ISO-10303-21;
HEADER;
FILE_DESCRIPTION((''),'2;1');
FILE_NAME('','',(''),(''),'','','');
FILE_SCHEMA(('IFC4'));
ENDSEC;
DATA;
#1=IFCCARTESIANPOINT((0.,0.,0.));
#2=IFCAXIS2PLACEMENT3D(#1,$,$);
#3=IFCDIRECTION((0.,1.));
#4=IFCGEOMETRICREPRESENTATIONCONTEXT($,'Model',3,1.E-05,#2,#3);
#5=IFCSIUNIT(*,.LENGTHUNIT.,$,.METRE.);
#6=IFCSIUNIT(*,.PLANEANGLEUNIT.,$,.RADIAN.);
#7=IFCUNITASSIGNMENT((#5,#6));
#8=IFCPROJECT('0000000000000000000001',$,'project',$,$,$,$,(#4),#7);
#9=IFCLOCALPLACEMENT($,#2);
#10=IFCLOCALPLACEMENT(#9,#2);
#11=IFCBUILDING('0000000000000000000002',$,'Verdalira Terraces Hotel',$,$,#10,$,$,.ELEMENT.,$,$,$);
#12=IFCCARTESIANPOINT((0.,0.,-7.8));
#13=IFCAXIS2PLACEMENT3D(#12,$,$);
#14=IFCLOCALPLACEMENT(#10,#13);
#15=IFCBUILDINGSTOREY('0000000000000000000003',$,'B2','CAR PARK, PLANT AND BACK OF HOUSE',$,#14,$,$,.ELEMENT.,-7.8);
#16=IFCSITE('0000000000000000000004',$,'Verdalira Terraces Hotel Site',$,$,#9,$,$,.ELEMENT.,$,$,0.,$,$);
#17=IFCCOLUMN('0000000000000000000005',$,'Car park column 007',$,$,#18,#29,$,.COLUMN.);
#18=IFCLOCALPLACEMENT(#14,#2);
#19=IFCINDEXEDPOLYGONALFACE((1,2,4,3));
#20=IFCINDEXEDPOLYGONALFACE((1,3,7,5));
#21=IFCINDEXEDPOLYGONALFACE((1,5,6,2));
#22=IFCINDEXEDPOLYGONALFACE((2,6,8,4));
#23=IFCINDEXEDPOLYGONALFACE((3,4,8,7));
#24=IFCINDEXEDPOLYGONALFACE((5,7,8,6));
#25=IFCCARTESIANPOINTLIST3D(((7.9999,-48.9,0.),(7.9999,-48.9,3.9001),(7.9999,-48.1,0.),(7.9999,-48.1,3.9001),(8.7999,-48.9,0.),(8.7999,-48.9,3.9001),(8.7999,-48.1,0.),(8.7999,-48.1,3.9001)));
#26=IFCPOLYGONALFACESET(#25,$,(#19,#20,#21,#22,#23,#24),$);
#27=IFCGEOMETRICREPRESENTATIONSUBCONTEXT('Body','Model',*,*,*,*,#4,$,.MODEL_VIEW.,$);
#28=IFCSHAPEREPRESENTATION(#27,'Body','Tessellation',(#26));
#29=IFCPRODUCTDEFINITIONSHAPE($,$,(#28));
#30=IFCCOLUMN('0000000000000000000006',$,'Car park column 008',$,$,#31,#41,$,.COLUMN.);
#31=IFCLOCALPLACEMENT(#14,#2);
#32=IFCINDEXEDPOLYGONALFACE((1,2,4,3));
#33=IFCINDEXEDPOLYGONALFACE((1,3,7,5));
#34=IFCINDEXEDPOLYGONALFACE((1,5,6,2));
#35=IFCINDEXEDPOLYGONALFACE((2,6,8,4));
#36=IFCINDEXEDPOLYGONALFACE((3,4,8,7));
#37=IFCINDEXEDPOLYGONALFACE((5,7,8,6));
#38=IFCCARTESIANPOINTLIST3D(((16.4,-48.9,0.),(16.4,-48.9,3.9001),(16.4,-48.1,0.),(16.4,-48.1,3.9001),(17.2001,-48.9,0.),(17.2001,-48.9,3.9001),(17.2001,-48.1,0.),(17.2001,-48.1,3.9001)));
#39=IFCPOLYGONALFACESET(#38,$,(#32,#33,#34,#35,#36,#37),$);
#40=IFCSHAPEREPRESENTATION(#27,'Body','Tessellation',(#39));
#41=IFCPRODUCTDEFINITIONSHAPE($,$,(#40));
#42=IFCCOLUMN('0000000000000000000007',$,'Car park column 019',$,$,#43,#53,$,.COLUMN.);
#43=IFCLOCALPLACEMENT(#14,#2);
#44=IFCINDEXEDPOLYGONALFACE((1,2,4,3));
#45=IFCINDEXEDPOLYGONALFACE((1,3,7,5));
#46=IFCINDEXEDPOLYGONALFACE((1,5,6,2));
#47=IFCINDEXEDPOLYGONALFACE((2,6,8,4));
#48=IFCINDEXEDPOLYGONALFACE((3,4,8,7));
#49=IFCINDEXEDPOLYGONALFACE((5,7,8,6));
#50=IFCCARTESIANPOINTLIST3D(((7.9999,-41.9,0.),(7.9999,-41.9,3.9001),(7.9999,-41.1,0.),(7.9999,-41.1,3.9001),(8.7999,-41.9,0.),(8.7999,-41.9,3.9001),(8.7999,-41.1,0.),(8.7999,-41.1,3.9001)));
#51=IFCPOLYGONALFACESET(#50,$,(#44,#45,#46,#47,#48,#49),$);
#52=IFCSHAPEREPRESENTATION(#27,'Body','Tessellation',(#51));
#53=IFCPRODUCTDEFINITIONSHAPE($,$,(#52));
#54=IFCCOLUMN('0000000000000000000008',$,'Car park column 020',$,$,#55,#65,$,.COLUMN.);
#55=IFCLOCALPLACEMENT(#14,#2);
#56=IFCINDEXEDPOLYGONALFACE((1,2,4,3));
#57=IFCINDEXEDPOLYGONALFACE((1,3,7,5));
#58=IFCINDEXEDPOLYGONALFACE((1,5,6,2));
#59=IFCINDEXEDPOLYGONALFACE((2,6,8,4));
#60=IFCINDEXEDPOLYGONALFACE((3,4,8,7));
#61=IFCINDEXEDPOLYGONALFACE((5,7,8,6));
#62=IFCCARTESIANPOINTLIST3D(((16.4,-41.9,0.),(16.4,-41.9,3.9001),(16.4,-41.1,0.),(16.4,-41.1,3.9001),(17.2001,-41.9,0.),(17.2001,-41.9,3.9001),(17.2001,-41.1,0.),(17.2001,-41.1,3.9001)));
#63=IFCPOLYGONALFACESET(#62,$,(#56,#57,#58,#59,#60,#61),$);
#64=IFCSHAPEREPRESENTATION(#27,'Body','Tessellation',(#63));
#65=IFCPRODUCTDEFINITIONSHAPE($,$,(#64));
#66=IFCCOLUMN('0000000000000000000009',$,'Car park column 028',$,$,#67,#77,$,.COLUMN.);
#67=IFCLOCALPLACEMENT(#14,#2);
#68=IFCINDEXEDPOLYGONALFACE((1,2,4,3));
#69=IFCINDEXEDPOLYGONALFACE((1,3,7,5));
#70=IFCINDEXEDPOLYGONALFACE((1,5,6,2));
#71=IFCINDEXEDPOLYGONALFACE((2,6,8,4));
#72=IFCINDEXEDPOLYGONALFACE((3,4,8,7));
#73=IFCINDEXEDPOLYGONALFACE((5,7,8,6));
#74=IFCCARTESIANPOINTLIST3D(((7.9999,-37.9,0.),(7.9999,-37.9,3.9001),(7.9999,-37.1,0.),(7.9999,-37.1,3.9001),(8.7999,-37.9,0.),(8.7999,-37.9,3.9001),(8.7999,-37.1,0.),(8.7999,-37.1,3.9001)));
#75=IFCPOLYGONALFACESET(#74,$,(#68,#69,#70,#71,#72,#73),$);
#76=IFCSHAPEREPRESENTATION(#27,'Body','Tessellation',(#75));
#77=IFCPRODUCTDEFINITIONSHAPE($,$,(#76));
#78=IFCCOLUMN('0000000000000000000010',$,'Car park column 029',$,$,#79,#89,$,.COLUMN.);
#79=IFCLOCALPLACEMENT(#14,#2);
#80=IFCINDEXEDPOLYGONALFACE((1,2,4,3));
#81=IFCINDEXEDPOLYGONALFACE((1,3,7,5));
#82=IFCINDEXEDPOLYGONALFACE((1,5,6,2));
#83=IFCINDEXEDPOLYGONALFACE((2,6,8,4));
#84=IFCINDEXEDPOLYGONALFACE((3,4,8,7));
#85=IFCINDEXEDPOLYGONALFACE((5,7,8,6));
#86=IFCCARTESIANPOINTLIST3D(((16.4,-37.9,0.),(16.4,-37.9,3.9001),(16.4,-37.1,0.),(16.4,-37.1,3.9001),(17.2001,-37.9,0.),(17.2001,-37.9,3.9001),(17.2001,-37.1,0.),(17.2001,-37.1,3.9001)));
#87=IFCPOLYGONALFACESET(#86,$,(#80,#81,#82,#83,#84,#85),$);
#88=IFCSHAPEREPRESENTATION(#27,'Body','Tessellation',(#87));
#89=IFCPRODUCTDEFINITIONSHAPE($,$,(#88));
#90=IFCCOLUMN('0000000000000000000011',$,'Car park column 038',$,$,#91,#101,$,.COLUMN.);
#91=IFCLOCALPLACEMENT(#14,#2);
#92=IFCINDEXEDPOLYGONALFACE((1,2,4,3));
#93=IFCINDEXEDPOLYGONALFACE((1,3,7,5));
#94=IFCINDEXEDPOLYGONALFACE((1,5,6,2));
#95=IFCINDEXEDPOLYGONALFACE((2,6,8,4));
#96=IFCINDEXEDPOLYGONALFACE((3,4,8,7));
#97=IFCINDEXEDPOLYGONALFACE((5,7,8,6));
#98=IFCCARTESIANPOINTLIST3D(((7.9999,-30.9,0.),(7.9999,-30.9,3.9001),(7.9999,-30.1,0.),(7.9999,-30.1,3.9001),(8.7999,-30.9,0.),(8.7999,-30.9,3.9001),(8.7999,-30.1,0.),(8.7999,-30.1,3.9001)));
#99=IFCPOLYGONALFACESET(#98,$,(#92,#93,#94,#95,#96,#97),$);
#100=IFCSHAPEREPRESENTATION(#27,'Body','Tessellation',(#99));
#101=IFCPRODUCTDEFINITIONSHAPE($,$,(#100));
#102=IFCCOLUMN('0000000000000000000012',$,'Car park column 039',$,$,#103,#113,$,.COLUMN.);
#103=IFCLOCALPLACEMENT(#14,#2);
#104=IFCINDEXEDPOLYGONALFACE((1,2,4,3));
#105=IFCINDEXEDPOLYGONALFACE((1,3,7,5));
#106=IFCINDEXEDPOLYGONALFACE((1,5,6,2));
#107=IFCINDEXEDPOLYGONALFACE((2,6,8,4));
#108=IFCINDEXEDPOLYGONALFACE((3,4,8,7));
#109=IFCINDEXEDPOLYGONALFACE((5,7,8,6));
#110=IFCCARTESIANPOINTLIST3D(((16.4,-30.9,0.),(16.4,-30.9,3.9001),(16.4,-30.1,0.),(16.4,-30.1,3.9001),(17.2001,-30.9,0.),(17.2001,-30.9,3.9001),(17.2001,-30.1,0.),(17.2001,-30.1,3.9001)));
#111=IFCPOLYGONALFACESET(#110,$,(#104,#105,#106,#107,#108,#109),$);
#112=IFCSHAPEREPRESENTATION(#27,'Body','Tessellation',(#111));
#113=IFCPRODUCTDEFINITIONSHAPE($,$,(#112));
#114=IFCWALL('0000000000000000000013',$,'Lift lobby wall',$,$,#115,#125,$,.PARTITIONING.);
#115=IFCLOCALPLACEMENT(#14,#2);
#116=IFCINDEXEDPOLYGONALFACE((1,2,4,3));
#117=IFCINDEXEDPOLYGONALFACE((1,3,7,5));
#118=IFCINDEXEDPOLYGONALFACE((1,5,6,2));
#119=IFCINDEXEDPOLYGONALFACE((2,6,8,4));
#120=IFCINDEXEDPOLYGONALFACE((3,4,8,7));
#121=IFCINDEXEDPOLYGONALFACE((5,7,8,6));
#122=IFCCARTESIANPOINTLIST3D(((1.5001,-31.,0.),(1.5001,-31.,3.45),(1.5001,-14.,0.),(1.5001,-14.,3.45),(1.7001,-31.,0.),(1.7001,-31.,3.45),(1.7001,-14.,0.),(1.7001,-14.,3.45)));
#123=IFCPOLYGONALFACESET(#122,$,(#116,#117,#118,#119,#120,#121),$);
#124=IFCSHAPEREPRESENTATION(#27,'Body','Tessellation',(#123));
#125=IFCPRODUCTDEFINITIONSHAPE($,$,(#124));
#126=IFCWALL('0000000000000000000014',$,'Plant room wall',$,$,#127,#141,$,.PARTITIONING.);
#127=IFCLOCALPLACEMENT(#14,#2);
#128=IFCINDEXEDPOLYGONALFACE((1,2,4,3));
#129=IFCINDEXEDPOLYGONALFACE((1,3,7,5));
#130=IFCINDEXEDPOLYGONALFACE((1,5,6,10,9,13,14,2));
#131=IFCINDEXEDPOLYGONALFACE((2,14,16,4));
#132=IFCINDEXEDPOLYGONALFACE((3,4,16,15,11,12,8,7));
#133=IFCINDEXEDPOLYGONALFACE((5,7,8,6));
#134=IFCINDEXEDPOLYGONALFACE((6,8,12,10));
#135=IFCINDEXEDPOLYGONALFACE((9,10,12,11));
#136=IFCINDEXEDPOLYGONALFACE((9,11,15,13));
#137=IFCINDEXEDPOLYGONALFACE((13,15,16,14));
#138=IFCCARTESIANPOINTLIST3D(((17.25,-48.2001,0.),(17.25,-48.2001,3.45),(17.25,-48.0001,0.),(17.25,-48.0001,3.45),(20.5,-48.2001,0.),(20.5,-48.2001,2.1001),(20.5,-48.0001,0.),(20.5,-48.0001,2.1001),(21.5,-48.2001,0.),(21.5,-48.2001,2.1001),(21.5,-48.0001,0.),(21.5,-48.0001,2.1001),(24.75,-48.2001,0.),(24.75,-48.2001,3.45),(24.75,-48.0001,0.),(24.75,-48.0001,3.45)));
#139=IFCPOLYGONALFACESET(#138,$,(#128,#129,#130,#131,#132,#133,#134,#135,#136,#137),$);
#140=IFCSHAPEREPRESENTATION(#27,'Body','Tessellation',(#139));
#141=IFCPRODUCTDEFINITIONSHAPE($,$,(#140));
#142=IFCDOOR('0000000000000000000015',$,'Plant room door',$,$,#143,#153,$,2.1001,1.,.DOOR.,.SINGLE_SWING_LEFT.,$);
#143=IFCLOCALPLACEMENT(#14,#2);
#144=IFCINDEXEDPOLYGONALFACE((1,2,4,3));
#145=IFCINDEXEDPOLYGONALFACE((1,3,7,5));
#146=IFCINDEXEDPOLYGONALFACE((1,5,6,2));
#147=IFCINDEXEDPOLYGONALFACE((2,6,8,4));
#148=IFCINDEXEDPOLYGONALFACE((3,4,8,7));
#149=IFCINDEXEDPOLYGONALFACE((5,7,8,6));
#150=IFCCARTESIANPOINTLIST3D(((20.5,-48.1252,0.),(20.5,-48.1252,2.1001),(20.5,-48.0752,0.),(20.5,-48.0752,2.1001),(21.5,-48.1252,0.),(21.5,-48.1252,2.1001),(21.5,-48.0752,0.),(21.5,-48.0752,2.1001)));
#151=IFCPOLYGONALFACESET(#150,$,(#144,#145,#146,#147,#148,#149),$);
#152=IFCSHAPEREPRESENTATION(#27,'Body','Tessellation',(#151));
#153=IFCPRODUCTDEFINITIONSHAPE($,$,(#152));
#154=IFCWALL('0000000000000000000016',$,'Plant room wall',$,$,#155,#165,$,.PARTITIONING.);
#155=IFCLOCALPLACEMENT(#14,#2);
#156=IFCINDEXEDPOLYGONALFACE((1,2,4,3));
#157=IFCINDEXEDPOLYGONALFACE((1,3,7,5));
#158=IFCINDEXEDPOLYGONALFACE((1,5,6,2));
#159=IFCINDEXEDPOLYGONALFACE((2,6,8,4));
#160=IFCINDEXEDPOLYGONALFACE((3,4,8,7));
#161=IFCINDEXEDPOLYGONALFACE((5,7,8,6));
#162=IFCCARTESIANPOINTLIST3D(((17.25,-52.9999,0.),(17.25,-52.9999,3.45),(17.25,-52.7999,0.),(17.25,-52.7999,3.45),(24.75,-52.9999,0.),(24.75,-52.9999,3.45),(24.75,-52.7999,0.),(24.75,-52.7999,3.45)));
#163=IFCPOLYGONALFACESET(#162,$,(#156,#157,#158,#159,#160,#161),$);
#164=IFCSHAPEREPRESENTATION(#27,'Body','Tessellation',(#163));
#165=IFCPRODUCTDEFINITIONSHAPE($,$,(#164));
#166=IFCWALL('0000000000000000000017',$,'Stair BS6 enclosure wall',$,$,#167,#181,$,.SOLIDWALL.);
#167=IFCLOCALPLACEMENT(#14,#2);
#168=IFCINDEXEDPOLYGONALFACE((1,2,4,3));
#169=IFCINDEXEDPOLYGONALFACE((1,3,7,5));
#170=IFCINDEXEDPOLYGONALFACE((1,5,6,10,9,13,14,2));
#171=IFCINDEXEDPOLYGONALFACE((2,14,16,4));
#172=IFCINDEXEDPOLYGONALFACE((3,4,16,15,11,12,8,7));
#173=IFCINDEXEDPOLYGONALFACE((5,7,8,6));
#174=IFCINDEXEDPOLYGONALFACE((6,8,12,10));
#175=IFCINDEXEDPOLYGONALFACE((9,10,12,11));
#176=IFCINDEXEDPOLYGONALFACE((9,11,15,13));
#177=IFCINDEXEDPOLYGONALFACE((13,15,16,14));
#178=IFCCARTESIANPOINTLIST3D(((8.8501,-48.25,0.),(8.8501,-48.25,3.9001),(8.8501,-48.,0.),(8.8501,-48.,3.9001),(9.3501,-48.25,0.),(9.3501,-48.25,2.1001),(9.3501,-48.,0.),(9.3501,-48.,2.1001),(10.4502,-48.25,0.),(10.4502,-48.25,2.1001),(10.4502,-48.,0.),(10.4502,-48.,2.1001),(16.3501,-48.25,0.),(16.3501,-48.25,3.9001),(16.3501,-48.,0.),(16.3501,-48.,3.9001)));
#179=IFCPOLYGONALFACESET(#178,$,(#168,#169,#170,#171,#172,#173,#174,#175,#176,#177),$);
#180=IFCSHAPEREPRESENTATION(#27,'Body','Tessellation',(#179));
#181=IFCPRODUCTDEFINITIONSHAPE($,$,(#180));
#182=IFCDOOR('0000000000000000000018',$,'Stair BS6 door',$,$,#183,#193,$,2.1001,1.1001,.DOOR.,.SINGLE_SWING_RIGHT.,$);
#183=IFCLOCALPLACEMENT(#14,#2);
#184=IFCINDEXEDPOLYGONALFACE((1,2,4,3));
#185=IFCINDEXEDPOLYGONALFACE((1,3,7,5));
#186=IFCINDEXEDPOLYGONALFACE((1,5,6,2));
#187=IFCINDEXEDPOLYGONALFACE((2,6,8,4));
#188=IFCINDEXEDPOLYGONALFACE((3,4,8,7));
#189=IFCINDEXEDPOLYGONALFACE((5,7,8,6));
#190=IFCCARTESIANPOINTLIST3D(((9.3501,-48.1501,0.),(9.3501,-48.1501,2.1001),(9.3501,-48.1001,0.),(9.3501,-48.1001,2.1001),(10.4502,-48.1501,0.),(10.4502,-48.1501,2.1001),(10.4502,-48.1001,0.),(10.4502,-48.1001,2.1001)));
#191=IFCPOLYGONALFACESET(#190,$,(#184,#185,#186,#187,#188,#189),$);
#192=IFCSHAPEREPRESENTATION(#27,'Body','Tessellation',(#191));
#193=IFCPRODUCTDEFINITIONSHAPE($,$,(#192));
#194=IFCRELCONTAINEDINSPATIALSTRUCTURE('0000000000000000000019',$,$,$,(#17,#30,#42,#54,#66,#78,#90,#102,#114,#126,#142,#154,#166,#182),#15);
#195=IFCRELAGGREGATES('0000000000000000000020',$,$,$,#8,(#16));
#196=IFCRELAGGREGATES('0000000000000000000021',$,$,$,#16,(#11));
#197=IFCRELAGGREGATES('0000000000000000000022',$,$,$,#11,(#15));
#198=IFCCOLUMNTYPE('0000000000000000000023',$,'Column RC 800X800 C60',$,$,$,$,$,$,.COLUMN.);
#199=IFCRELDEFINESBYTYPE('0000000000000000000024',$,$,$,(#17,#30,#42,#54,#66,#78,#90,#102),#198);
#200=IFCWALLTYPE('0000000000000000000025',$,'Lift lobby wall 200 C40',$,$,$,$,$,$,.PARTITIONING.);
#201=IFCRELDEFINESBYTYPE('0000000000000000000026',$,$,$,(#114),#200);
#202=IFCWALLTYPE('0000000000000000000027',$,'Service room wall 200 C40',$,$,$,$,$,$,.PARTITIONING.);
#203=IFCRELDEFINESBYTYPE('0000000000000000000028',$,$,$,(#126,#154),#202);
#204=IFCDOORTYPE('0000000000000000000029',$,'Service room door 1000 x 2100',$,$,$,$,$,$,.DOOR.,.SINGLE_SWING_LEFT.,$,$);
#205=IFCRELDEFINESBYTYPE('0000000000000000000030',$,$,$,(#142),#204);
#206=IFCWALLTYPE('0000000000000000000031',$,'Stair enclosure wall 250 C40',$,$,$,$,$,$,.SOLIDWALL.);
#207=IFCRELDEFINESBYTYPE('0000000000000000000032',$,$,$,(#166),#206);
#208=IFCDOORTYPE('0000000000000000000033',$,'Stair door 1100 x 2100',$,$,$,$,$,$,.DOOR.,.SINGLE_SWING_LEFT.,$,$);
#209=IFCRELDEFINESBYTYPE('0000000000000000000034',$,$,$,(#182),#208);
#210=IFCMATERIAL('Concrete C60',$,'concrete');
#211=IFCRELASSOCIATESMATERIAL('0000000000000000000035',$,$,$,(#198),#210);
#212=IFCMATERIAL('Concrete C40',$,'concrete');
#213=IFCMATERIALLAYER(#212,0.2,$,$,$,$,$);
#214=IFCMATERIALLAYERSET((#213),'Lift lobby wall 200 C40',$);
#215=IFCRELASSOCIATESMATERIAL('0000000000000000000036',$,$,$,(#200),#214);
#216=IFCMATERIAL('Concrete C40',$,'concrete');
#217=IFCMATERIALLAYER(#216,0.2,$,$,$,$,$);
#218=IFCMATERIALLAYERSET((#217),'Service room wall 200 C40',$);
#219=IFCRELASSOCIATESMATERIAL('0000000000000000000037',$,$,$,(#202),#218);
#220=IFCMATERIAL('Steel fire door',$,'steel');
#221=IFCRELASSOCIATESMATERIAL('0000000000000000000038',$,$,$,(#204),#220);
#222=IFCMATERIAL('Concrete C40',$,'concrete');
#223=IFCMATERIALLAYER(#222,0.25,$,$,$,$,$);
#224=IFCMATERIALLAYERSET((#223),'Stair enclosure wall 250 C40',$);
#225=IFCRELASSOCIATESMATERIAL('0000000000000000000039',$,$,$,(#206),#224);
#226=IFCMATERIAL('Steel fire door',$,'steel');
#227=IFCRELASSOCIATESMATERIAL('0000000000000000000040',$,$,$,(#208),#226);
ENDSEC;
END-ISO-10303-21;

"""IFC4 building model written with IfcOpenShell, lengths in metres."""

from ifc_helpers import new_model, si_unit, direction, frame, frame_2d, origin, origin_2d, place, context, subcontext, project, spatial, rectangle, extrude, material, layer, layer_set, material_profile, profile_set, type_object, element, fill, save


model = new_model("IFC4")

# Units and contexts
model_context = context("Model", 3, precision=1e-05, world=origin(), true_north=direction((0.0, 1.0)))
body_context = subcontext(model_context, "Body", "Model", "MODEL_VIEW")
ifc_project = project(units=[si_unit("LENGTHUNIT", "METRE"), si_unit("PLANEANGLEUNIT", "RADIAN")], contexts=[model_context])

# Site, building, storey
site_placement = place(None, origin())
site = spatial("IfcSite", under=ifc_project, at=site_placement, Name="Verdalira Terraces Hotel Site", CompositionType="ELEMENT", RefElevation=0.0)
building_placement = place(site_placement, origin())
building = spatial("IfcBuilding", under=site, at=building_placement, Name="Verdalira Terraces Hotel", CompositionType="ELEMENT")
storey_placement = place(building_placement, frame((0.0, 0.0, -7.8)))
storey = spatial("IfcBuildingStorey", under=building, at=storey_placement, Name="B2", Description="CAR PARK, PLANT AND BACK OF HOUSE", CompositionType="ELEMENT", Elevation=-7.8)

# Columns
ifc_material_1 = material(Name="Concrete C60", Category="concrete")
ifc_material_profile = material_profile(ifc_material_1, rectangle(XDim=0.8, YDim=0.8, at=origin_2d()), Name="RC 800X800")
ifc_profile_set = profile_set([ifc_material_profile], Name="Concrete C60")
column_type = type_object("IfcColumnType", Name="Column RC 800X800 C60", PredefinedType="COLUMN", material=ifc_profile_set)
for number, where, z_axis, x_axis, name in (
    (1, (8.3999, -48.5, 0.0), (0.0, 0.0, 1.0), (1.0, 0.0, 0.0), "Car park column 007"),
    (2, (16.8, -48.5, 0.0), (0.0, 0.0, 1.0), (1.0, 0.0, 0.0), "Car park column 008"),
    (3, (8.3999, -41.5, 0.0), (0.0, 0.0, 1.0), (1.0, 0.0, 0.0), "Car park column 019"),
    (4, (16.8, -41.5, 0.0), (0.0, 0.0, 1.0), (1.0, 0.0, 0.0), "Car park column 020"),
    (5, (8.3999, -37.5, 0.0), (0.0, 0.0, 1.0), (1.0, 0.0, 0.0), "Car park column 028"),
    (6, (16.8, -37.5, 0.0), (0.0, 0.0, 1.0), (1.0, 0.0, 0.0), "Car park column 029"),
    (7, (8.3999, -30.5, 0.0), (0.0, 0.0, 1.0), (1.0, 0.0, 0.0), "Car park column 038"),
    (8, (16.8, -30.5, 0.0), (0.0, 0.0, 1.0), (1.0, 0.0, 0.0), "Car park column 039"),
):
    element("IfcColumn", number, at=place(storey_placement, frame(where, z_axis=z_axis, x_axis=x_axis)), inside=storey, type_object=column_type, Name=name, PredefinedType="COLUMN", context=body_context, shape_type="SweptSolid", body=[
        extrude(rectangle(XDim=0.8, YDim=0.8, at=origin_2d()), origin(), (0.0, 0.0, 1.0), 3.9001),
    ])

# Wall
ifc_material_2 = material(Name="Concrete C40", Category="concrete")
ifc_layer_1 = layer(ifc_material_2, 0.2)
ifc_layer_set_1 = layer_set([ifc_layer_1], Name="Lift lobby wall 200 C40")
wall_type_1 = type_object("IfcWallType", Name="Lift lobby wall 200 C40", PredefinedType="PARTITIONING", material=ifc_layer_set_1)
wall_1_placement = place(storey_placement, frame((1.6001, -31.0, 0.0), z_axis=(0.0, 0.0, 1.0), x_axis=(0.0, 1.0, 0.0)))
element("IfcWall", 9, at=wall_1_placement, inside=storey, type_object=wall_type_1, Name="Lift lobby wall", PredefinedType="PARTITIONING", context=body_context, shape_type="SweptSolid", body=[
    extrude(rectangle(XDim=17.0, YDim=0.2, at=frame_2d((8.5, 0.0))), origin(), (0.0, 0.0, 1.0), 3.45),
])

# Wall, opening, door
ifc_material_3 = material(Name="Concrete C40", Category="concrete")
ifc_layer_2 = layer(ifc_material_3, 0.2)
ifc_layer_set_2 = layer_set([ifc_layer_2], Name="Service room wall 200 C40")
wall_type_2 = type_object("IfcWallType", Name="Service room wall 200 C40", PredefinedType="PARTITIONING", material=ifc_layer_set_2)
wall_2_placement = place(storey_placement, frame((17.25, -48.1001, 0.0), z_axis=(0.0, 0.0, 1.0), x_axis=(1.0, 0.0, 0.0)))
wall_2 = element("IfcWall", 10, at=wall_2_placement, inside=storey, type_object=wall_type_2, Name="Plant room wall", PredefinedType="PARTITIONING", context=body_context, shape_type="SweptSolid", body=[
    extrude(rectangle(XDim=7.5, YDim=0.2, at=frame_2d((3.75, 0.0))), origin(), (0.0, 0.0, 1.0), 3.45),
])
opening_1_placement = place(wall_2_placement, frame((3.25, 0.0, 0.0)))
opening_1 = element("IfcOpeningElement", 11, at=opening_1_placement, cuts=wall_2, PredefinedType="OPENING", context=body_context, shape_type="SweptSolid", body=[
    extrude(rectangle(XDim=1.0, YDim=2.1001, at=frame_2d((0.5, 1.05))), frame((0.0, 0.1099, 0.0), z_axis=(0.0, -1.0, 0.0), x_axis=(1.0, 0.0, 0.0)), (0.0, 0.0, 1.0), 0.22),
])
ifc_material_4 = material(Name="Steel fire door", Category="steel")
door_type_1 = type_object("IfcDoorType", Name="Service room door 1000 x 2100", OperationType="SINGLE_SWING_LEFT", PredefinedType="DOOR", material=ifc_material_4)
door_1_placement = place(opening_1_placement, origin())
door_1 = element("IfcDoor", 12, at=door_1_placement, inside=storey, type_object=door_type_1, Name="Plant room door", OperationType="SINGLE_SWING_LEFT", OverallHeight=2.1001, OverallWidth=1.0, PredefinedType="DOOR", context=body_context, shape_type="SweptSolid", body=[
    extrude(rectangle(XDim=1.0, YDim=2.1001, at=frame_2d((0.5, 1.05))), frame((0.0, 0.0249, 0.0), z_axis=(0.0, -1.0, 0.0), x_axis=(1.0, 0.0, 0.0)), (0.0, 0.0, 1.0), 0.05),
])
fill(opening_1, door_1)

# Wall
wall_3_placement = place(storey_placement, frame((17.25, -52.8999, 0.0), z_axis=(0.0, 0.0, 1.0), x_axis=(1.0, 0.0, 0.0)))
element("IfcWall", 13, at=wall_3_placement, inside=storey, type_object=wall_type_2, Name="Plant room wall", PredefinedType="PARTITIONING", context=body_context, shape_type="SweptSolid", body=[
    extrude(rectangle(XDim=7.5, YDim=0.2, at=frame_2d((3.75, 0.0))), origin(), (0.0, 0.0, 1.0), 3.45),
])

# Wall, opening, door
ifc_material_5 = material(Name="Concrete C40", Category="concrete")
ifc_layer_3 = layer(ifc_material_5, 0.25)
ifc_layer_set_3 = layer_set([ifc_layer_3], Name="Stair enclosure wall 250 C40")
wall_type_3 = type_object("IfcWallType", Name="Stair enclosure wall 250 C40", PredefinedType="SOLIDWALL", material=ifc_layer_set_3)
wall_4_placement = place(storey_placement, frame((8.8501, -48.125, 0.0), z_axis=(0.0, 0.0, 1.0), x_axis=(1.0, 0.0, 0.0)))
wall_4 = element("IfcWall", 14, at=wall_4_placement, inside=storey, type_object=wall_type_3, Name="Stair BS6 enclosure wall", PredefinedType="SOLIDWALL", context=body_context, shape_type="SweptSolid", body=[
    extrude(rectangle(XDim=7.5, YDim=0.25, at=frame_2d((3.75, 0.0))), origin(), (0.0, 0.0, 1.0), 3.9001),
])
opening_2_placement = place(wall_4_placement, frame((0.5, 0.0, 0.0)))
opening_2 = element("IfcOpeningElement", 15, at=opening_2_placement, cuts=wall_4, PredefinedType="OPENING", context=body_context, shape_type="SweptSolid", body=[
    extrude(rectangle(XDim=1.1001, YDim=2.1001, at=frame_2d((0.55, 1.05))), frame((0.0, 0.135, 0.0), z_axis=(0.0, -1.0, 0.0), x_axis=(1.0, 0.0, 0.0)), (0.0, 0.0, 1.0), 0.27),
])
ifc_material_6 = material(Name="Steel fire door", Category="steel")
door_type_2 = type_object("IfcDoorType", Name="Stair door 1100 x 2100", OperationType="SINGLE_SWING_LEFT", PredefinedType="DOOR", material=ifc_material_6)
door_2_placement = place(opening_2_placement, origin())
door_2 = element("IfcDoor", 16, at=door_2_placement, inside=storey, type_object=door_type_2, Name="Stair BS6 door", OperationType="SINGLE_SWING_RIGHT", OverallHeight=2.1001, OverallWidth=1.1001, PredefinedType="DOOR", context=body_context, shape_type="SweptSolid", body=[
    extrude(rectangle(XDim=1.1001, YDim=2.1001, at=frame_2d((0.55, 1.05))), frame((0.0, 0.0249, 0.0), z_axis=(0.0, -1.0, 0.0), x_axis=(1.0, 0.0, 0.0)), (0.0, 0.0, 1.0), 0.05),
])
fill(opening_2, door_2)

save(model, "model.ifc")
